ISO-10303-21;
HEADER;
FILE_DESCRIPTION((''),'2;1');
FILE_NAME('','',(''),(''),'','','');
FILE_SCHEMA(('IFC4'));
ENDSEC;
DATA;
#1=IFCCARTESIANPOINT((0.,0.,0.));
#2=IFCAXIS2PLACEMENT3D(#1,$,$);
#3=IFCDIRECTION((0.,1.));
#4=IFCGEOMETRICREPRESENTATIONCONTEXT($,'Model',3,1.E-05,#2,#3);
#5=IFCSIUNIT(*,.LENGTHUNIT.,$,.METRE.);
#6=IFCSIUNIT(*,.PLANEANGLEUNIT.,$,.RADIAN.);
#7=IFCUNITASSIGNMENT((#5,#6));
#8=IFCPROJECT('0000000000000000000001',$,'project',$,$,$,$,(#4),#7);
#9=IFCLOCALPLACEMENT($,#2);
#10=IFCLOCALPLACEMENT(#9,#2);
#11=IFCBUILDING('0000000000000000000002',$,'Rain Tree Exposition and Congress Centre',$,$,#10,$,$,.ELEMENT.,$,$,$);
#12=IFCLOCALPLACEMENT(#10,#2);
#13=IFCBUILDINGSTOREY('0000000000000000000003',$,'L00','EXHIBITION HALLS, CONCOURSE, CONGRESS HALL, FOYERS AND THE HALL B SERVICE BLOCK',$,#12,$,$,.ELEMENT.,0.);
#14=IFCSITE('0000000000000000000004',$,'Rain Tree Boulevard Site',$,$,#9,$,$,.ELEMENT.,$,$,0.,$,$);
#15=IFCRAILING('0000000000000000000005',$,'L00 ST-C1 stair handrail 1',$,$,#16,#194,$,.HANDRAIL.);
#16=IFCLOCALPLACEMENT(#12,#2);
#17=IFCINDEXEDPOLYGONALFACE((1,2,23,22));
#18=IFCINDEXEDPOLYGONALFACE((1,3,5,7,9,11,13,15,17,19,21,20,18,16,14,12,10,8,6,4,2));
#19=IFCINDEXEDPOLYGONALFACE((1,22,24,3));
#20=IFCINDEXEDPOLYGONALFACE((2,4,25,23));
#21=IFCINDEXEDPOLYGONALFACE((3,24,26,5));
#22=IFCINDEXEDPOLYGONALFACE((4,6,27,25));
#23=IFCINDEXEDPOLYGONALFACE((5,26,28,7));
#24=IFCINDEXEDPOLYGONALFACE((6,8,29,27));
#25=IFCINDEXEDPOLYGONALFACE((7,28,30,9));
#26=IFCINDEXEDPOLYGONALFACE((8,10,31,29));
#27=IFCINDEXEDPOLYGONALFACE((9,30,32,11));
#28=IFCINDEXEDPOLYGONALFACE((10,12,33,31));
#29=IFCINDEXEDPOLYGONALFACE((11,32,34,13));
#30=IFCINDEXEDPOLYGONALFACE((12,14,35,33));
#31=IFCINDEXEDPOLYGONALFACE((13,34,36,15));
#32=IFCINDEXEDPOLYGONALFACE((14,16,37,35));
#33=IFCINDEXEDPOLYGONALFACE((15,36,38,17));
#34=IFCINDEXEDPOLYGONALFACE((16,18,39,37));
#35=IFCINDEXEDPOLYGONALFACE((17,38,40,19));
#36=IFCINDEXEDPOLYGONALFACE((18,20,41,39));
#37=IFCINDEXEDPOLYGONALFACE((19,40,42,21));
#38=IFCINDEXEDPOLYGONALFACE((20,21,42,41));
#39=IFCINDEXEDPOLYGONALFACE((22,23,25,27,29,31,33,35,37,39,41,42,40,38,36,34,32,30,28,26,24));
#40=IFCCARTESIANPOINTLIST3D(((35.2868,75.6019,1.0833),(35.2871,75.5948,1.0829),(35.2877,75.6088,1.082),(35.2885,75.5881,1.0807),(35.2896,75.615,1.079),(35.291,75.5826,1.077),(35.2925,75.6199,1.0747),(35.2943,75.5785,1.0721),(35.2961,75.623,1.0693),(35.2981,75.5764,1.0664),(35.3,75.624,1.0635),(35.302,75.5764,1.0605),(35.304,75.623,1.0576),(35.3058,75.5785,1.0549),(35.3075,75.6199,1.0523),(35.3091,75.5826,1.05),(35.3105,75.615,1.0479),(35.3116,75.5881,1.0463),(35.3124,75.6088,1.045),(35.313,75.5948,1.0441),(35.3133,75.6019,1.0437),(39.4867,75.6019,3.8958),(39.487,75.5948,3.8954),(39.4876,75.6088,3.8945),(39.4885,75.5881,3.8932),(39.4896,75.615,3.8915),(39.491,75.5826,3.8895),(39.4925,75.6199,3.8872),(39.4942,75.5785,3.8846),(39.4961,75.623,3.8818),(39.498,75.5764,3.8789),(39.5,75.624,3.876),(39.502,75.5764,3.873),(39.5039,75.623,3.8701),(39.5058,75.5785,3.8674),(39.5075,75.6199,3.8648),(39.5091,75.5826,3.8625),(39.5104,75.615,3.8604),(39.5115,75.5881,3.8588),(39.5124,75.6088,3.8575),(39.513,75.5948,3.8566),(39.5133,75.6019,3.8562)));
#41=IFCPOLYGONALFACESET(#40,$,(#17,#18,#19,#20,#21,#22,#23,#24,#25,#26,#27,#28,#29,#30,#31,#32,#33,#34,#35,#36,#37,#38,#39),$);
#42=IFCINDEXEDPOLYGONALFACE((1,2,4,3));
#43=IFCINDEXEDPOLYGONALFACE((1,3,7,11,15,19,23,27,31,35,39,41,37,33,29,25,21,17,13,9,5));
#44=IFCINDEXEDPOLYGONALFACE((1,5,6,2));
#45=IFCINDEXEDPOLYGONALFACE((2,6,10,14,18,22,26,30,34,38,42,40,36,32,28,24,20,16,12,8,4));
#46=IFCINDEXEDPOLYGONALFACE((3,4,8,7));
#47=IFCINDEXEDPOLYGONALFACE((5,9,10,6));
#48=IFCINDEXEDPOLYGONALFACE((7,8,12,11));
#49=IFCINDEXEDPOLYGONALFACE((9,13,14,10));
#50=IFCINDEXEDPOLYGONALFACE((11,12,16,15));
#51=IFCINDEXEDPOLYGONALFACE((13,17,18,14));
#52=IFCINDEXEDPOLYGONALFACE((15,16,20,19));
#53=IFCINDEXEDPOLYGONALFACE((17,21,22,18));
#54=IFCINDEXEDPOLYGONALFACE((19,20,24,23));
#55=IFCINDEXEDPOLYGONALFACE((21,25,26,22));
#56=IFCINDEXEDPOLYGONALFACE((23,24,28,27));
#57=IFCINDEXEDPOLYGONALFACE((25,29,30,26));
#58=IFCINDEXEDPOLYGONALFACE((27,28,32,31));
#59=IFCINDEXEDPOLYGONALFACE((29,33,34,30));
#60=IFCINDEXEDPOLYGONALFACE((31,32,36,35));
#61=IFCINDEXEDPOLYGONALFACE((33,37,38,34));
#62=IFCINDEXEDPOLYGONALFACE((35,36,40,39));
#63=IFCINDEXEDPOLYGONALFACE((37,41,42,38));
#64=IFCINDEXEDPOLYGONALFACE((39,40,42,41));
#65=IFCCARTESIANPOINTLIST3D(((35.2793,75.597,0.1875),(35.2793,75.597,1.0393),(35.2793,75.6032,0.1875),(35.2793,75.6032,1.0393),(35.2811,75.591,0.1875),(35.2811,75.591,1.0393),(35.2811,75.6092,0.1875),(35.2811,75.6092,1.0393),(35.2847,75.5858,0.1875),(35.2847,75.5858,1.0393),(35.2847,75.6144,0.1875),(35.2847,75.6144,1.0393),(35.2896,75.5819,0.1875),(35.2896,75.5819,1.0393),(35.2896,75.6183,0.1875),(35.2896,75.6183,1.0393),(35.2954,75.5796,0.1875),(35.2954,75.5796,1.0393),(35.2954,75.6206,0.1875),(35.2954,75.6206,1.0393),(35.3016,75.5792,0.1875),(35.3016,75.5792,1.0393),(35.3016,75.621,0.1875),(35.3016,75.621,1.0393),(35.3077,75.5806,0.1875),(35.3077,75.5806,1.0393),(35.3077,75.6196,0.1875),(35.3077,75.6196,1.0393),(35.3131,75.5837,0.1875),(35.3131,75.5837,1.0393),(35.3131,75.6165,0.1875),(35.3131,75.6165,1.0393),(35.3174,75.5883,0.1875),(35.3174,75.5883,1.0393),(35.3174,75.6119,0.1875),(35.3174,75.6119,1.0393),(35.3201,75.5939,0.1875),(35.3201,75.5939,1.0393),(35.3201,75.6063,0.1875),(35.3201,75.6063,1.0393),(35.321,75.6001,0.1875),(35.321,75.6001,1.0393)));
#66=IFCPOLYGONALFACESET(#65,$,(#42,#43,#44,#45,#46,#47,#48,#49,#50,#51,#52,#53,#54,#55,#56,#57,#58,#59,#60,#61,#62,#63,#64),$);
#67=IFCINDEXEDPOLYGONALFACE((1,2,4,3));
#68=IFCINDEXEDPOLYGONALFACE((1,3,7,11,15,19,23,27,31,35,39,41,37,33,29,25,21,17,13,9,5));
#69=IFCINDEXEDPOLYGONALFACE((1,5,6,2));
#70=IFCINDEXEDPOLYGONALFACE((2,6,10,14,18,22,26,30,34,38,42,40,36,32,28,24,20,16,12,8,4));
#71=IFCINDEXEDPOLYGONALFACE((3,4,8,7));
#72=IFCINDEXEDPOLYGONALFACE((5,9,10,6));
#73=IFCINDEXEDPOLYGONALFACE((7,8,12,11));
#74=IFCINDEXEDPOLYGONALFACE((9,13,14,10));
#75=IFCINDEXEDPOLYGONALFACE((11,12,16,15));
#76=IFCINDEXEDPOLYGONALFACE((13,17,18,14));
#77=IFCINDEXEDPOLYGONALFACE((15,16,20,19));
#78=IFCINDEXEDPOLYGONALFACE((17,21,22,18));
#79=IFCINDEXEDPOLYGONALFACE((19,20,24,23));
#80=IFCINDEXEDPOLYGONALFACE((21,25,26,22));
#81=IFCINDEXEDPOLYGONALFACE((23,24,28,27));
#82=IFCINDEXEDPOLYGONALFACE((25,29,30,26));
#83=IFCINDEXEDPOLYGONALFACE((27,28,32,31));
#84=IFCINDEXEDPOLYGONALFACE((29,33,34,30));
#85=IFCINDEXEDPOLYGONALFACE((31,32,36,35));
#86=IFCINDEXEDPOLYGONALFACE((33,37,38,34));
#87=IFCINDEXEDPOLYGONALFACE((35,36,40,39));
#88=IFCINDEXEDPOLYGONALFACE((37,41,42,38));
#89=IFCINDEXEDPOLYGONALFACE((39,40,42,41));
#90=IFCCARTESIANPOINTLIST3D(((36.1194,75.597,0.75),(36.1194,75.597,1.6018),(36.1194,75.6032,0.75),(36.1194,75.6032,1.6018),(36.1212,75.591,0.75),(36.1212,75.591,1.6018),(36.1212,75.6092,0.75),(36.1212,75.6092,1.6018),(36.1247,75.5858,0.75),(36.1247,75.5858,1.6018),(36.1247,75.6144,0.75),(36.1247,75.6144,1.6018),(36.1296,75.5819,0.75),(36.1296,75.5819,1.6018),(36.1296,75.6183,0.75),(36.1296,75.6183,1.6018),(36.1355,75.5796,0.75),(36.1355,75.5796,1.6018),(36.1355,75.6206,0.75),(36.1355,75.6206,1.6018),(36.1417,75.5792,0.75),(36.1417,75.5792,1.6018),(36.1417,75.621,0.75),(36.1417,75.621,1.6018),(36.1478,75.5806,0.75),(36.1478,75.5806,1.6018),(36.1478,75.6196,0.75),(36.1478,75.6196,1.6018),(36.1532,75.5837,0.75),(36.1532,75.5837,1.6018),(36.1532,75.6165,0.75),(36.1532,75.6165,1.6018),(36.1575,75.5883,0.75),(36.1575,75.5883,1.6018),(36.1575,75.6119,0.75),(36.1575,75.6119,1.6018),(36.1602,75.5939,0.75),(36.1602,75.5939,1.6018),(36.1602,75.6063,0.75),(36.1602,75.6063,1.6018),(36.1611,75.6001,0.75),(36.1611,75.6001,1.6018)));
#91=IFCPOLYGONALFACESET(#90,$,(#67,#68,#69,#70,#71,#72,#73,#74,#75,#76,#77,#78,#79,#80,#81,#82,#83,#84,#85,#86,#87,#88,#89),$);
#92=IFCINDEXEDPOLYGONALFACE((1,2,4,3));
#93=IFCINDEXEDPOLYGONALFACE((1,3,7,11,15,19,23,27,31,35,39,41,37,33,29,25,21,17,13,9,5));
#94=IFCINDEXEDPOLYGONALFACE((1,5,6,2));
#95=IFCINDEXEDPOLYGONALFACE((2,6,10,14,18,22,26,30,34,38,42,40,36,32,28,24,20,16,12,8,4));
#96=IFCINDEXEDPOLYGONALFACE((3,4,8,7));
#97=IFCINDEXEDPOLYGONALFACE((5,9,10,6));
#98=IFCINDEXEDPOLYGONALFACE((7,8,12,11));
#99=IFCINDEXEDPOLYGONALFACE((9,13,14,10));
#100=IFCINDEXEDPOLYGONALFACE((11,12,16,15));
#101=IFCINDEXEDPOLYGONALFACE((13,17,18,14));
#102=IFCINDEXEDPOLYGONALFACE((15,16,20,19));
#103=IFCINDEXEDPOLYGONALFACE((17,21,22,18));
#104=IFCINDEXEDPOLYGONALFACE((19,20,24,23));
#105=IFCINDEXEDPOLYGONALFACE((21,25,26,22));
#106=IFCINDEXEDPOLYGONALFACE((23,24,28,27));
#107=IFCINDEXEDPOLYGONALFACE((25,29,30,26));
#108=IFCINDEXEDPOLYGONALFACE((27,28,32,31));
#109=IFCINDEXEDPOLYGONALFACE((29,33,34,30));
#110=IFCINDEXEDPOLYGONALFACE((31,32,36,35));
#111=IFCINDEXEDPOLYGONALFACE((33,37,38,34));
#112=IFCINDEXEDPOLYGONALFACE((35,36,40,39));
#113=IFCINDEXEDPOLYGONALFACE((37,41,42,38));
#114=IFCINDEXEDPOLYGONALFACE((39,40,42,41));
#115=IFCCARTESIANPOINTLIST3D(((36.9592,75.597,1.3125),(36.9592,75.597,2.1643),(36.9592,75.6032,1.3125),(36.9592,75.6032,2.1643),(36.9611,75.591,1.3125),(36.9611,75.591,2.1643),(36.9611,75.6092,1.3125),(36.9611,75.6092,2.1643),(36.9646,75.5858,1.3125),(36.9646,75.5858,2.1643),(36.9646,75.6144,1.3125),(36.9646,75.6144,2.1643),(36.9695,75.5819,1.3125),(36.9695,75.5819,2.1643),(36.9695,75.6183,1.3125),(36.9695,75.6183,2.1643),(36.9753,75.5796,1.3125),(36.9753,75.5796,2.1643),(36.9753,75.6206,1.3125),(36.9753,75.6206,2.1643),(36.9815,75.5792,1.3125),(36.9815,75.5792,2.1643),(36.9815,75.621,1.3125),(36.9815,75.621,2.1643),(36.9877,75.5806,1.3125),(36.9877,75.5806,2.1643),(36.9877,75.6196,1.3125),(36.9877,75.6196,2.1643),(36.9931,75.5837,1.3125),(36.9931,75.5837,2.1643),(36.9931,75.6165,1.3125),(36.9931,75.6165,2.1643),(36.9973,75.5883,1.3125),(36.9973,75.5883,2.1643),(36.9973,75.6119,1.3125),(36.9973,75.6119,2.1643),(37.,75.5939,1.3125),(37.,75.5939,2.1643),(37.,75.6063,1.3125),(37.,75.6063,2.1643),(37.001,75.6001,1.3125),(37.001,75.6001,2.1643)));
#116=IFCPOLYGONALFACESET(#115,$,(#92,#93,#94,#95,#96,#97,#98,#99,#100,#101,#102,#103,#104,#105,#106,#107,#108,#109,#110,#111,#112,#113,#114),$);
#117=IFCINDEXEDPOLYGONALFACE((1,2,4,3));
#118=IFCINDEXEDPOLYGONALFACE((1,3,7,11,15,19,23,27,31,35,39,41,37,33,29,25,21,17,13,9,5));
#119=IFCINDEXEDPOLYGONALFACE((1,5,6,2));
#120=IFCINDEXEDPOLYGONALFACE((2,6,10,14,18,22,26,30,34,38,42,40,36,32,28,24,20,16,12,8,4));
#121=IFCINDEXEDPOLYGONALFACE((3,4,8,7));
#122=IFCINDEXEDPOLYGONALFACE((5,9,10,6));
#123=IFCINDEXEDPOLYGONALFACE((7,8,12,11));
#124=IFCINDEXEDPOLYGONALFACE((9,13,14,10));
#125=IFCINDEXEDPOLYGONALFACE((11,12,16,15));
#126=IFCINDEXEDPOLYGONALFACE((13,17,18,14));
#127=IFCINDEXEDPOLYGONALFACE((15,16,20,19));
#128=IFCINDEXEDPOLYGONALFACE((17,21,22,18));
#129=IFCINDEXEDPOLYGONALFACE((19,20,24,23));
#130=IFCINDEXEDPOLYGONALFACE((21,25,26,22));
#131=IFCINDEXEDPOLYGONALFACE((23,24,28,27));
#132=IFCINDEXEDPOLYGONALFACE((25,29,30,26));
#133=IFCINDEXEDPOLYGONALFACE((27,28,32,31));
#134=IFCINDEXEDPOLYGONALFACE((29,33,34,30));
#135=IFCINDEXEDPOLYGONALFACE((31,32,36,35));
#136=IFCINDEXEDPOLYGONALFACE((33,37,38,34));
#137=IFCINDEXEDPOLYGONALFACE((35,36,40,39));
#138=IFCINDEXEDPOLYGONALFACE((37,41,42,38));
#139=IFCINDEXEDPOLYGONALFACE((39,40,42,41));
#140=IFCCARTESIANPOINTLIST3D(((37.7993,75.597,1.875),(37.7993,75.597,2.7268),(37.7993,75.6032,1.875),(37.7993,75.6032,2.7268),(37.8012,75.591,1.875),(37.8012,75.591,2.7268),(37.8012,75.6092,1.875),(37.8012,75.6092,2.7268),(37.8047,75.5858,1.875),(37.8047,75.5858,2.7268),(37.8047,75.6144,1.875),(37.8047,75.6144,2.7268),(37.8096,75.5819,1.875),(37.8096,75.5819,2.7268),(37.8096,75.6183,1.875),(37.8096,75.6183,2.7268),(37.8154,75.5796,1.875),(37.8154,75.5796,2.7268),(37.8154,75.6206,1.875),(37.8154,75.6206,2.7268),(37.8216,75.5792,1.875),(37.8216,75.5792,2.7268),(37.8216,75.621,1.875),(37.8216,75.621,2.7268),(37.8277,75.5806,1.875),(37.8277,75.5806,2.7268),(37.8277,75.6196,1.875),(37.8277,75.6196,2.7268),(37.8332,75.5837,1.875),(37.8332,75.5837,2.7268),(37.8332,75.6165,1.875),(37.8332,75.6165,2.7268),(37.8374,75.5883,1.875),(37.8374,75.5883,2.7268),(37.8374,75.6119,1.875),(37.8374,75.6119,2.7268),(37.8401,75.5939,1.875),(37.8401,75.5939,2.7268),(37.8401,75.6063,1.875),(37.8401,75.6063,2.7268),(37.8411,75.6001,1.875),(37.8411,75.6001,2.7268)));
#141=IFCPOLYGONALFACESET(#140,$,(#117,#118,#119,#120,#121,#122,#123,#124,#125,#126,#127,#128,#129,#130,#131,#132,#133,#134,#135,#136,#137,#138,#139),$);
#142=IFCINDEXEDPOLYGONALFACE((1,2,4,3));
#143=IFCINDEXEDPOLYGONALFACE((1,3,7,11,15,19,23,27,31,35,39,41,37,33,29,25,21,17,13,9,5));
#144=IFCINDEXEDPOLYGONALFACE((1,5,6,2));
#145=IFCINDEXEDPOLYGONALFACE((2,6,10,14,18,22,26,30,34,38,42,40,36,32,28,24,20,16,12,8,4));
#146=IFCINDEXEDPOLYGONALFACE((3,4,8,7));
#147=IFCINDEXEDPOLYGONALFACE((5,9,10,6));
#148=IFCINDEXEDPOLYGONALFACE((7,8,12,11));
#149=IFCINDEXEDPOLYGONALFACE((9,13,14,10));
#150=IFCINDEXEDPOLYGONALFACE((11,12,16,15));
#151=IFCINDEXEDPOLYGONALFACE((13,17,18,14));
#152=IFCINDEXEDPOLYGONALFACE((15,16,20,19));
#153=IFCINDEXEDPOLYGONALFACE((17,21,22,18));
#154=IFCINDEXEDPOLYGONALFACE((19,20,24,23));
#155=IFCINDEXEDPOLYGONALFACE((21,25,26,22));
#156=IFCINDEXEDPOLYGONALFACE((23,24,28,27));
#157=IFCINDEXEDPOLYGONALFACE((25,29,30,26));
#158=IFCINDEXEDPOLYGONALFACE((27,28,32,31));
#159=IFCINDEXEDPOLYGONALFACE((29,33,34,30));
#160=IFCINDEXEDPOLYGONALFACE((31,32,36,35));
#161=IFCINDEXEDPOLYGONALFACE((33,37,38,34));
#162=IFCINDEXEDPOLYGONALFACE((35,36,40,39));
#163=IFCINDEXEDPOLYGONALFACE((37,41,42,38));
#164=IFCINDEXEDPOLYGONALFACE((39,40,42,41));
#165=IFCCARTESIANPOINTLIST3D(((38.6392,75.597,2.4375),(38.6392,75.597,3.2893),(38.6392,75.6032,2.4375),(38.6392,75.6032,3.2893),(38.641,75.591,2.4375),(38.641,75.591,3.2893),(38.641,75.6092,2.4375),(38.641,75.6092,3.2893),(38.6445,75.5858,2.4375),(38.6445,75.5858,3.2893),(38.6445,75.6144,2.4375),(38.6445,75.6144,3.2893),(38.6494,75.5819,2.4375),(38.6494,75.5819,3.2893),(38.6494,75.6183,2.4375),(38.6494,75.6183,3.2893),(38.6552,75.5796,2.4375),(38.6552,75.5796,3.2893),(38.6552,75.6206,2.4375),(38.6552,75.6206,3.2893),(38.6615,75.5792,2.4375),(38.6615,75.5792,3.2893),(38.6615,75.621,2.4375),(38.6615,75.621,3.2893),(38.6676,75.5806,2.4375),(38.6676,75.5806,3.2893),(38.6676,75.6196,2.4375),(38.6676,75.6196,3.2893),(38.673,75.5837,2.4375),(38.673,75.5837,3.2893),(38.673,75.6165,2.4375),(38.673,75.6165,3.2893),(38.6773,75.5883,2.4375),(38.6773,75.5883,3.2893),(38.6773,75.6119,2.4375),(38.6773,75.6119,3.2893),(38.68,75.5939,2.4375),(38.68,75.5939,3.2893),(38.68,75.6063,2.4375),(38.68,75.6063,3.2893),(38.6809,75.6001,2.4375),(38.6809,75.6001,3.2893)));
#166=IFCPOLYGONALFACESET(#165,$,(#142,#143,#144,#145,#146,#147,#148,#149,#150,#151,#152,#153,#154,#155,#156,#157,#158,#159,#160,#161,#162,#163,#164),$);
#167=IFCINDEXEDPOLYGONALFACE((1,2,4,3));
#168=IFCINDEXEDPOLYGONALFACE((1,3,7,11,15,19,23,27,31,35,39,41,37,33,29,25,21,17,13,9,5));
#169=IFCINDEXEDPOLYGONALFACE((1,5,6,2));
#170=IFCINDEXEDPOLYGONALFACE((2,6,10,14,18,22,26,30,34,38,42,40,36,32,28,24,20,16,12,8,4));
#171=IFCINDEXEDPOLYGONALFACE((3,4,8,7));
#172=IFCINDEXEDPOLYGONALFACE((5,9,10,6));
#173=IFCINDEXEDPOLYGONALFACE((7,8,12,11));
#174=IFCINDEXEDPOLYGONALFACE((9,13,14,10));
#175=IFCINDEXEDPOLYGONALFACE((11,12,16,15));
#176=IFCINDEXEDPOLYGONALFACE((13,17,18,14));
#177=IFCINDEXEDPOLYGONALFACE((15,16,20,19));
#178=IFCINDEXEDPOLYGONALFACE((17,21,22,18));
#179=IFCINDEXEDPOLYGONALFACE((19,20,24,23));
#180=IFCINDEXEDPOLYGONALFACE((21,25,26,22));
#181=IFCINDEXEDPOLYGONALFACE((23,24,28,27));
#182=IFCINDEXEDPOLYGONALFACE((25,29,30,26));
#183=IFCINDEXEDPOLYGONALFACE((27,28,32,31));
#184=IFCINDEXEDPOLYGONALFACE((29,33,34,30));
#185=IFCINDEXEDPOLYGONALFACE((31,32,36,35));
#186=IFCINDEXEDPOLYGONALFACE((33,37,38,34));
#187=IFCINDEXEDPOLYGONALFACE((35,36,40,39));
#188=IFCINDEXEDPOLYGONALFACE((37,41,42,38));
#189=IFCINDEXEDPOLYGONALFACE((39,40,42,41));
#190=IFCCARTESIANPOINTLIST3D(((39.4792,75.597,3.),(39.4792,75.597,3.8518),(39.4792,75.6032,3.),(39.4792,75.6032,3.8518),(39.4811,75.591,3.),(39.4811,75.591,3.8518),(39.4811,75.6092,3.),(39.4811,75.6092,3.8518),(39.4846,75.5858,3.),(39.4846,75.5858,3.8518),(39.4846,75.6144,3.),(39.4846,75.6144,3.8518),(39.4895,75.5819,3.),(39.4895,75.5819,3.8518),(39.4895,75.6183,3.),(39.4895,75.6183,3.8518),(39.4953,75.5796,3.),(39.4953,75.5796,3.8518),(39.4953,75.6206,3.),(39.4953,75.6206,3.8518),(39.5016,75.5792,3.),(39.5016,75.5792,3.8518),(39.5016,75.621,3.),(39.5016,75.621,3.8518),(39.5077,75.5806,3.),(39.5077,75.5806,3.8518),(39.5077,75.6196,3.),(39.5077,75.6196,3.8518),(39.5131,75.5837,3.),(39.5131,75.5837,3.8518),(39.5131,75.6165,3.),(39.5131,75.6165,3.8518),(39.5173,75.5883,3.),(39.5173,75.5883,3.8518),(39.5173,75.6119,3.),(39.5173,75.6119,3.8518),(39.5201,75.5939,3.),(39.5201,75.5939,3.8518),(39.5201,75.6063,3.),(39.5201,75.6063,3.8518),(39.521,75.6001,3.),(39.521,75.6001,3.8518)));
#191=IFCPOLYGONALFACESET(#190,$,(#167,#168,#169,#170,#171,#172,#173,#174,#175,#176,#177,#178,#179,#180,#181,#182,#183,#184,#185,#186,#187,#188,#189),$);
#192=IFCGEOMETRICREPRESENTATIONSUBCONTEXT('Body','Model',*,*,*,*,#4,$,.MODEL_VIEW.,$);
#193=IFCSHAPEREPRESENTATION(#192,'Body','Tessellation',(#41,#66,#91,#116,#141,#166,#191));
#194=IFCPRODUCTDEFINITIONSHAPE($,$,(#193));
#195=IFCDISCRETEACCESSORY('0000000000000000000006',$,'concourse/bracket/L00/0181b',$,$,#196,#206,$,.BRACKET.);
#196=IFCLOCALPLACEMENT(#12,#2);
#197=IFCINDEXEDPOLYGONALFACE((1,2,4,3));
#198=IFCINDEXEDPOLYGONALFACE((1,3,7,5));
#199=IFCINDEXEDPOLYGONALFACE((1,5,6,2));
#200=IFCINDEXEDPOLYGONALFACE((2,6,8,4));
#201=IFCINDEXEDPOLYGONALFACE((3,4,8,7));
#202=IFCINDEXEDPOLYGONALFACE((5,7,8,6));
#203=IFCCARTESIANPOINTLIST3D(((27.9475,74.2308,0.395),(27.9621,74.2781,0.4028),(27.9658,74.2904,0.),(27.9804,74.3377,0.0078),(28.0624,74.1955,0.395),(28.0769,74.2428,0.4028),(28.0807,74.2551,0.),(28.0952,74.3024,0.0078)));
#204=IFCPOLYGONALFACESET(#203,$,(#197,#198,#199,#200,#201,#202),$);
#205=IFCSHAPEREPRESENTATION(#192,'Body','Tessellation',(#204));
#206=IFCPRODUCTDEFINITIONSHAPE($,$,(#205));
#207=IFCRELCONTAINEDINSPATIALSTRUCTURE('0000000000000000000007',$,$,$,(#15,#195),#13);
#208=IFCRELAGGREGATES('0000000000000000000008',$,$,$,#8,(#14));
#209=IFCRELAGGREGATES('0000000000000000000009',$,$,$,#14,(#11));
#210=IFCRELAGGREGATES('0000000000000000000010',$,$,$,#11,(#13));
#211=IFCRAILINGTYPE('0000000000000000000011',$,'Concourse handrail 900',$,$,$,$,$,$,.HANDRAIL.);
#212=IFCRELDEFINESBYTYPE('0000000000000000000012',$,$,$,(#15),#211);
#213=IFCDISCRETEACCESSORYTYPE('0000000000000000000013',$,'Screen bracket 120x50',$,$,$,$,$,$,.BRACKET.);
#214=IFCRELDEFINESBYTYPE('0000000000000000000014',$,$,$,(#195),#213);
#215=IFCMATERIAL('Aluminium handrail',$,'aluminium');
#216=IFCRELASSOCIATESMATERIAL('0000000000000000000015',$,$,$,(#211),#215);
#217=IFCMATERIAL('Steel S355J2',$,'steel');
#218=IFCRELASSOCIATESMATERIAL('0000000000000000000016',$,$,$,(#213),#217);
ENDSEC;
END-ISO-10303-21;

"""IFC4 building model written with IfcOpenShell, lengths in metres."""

from ifc_helpers import new_model, si_unit, direction, frame, origin, origin_2d, place, context, subcontext, project, spatial, rectangle, circle, extrude, material, material_profile, profile_set, type_object, element, save


model = new_model("IFC4")

# Units and contexts
model_context = context("Model", 3, precision=1e-05, world=origin(), true_north=direction((0.0, 1.0)))
body_context = subcontext(model_context, "Body", "Model", "MODEL_VIEW")
ifc_project = project(units=[si_unit("LENGTHUNIT", "METRE"), si_unit("PLANEANGLEUNIT", "RADIAN")], contexts=[model_context])

# Site, building, storey
site_placement = place(None, origin())
site = spatial("IfcSite", under=ifc_project, at=site_placement, Name="Rain Tree Boulevard Site", CompositionType="ELEMENT", RefElevation=0.0)
building_placement = place(site_placement, origin())
building = spatial("IfcBuilding", under=site, at=building_placement, Name="Rain Tree Exposition and Congress Centre", CompositionType="ELEMENT")
storey_placement = place(building_placement, origin())
storey = spatial("IfcBuildingStorey", under=building, at=storey_placement, Name="L00", Description="EXHIBITION HALLS, CONCOURSE, CONGRESS HALL, FOYERS AND THE HALL B SERVICE BLOCK", CompositionType="ELEMENT", Elevation=0.0)

# Railing
ifc_material_1 = material(Name="Aluminium handrail", Category="aluminium")
railing_type_1 = type_object("IfcRailingType", Name="Concourse handrail 900", PredefinedType="HANDRAIL", material=ifc_material_1)
railing_1_placement = place(storey_placement, frame((35.3, 75.6001, 0.1875)))
element("IfcRailing", 1, at=railing_1_placement, inside=storey, type_object=railing_type_1, Name="L00 ST-C1 stair handrail 1", PredefinedType="HANDRAIL", context=body_context, shape_type="SweptSolid", body=[
    extrude(circle(Radius=0.0239, at=origin_2d()), frame((0.0, 0.0, 0.876), z_axis=(0.830904, 0.0, 0.556416), x_axis=(0.0, 1.0, 0.0)), (0.0, 0.0, 1.0), 5.0547),
    extrude(circle(Radius=0.021, at=origin_2d()), origin(), (0.0, 0.0, 1.0), 0.8518),
    extrude(circle(Radius=0.021, at=origin_2d()), frame((0.8401, 0.0, 0.5625)), (0.0, 0.0, 1.0), 0.8518),
    extrude(circle(Radius=0.021, at=origin_2d()), frame((1.6799, 0.0, 1.125)), (0.0, 0.0, 1.0), 0.8518),
    extrude(circle(Radius=0.021, at=origin_2d()), frame((2.52, 0.0, 1.6875)), (0.0, 0.0, 1.0), 0.8518),
    extrude(circle(Radius=0.021, at=origin_2d()), frame((3.3599, 0.0, 2.25)), (0.0, 0.0, 1.0), 0.8518),
    extrude(circle(Radius=0.021, at=origin_2d()), frame((4.2, 0.0, 2.8125)), (0.0, 0.0, 1.0), 0.8518),
])

# Discrete accessory
ifc_material_2 = material(Name="Steel S355J2", Category="steel")
ifc_material_profile_1 = material_profile(ifc_material_2, rectangle(XDim=0.1201, YDim=0.05, at=origin_2d()), Name="Flat bar 120x50")
ifc_profile_set_1 = profile_set([ifc_material_profile_1], Name="Steel S355J2")
discrete_accessory_type = type_object("IfcDiscreteAccessoryType", Name="Screen bracket 120x50", PredefinedType="BRACKET", material=ifc_profile_set_1)
for number, where, z_axis, x_axis, name in (
    (2, (28.0305, 74.2964, 0.0039), (-0.045787, -0.148961, 0.987782), (0.955864, -0.293811, 0.0), "concourse/bracket/L00/0181b"),
):
    element("IfcDiscreteAccessory", number, at=place(storey_placement, frame(where, z_axis=z_axis, x_axis=x_axis)), inside=storey, type_object=discrete_accessory_type, Name=name, PredefinedType="BRACKET", context=body_context, shape_type="SweptSolid", body=[
        extrude(rectangle(XDim=0.1201, YDim=0.05, at=origin_2d()), origin(), (0.0, 0.0, 1.0), 0.3999),
    ])

save(model, "model.ifc")
